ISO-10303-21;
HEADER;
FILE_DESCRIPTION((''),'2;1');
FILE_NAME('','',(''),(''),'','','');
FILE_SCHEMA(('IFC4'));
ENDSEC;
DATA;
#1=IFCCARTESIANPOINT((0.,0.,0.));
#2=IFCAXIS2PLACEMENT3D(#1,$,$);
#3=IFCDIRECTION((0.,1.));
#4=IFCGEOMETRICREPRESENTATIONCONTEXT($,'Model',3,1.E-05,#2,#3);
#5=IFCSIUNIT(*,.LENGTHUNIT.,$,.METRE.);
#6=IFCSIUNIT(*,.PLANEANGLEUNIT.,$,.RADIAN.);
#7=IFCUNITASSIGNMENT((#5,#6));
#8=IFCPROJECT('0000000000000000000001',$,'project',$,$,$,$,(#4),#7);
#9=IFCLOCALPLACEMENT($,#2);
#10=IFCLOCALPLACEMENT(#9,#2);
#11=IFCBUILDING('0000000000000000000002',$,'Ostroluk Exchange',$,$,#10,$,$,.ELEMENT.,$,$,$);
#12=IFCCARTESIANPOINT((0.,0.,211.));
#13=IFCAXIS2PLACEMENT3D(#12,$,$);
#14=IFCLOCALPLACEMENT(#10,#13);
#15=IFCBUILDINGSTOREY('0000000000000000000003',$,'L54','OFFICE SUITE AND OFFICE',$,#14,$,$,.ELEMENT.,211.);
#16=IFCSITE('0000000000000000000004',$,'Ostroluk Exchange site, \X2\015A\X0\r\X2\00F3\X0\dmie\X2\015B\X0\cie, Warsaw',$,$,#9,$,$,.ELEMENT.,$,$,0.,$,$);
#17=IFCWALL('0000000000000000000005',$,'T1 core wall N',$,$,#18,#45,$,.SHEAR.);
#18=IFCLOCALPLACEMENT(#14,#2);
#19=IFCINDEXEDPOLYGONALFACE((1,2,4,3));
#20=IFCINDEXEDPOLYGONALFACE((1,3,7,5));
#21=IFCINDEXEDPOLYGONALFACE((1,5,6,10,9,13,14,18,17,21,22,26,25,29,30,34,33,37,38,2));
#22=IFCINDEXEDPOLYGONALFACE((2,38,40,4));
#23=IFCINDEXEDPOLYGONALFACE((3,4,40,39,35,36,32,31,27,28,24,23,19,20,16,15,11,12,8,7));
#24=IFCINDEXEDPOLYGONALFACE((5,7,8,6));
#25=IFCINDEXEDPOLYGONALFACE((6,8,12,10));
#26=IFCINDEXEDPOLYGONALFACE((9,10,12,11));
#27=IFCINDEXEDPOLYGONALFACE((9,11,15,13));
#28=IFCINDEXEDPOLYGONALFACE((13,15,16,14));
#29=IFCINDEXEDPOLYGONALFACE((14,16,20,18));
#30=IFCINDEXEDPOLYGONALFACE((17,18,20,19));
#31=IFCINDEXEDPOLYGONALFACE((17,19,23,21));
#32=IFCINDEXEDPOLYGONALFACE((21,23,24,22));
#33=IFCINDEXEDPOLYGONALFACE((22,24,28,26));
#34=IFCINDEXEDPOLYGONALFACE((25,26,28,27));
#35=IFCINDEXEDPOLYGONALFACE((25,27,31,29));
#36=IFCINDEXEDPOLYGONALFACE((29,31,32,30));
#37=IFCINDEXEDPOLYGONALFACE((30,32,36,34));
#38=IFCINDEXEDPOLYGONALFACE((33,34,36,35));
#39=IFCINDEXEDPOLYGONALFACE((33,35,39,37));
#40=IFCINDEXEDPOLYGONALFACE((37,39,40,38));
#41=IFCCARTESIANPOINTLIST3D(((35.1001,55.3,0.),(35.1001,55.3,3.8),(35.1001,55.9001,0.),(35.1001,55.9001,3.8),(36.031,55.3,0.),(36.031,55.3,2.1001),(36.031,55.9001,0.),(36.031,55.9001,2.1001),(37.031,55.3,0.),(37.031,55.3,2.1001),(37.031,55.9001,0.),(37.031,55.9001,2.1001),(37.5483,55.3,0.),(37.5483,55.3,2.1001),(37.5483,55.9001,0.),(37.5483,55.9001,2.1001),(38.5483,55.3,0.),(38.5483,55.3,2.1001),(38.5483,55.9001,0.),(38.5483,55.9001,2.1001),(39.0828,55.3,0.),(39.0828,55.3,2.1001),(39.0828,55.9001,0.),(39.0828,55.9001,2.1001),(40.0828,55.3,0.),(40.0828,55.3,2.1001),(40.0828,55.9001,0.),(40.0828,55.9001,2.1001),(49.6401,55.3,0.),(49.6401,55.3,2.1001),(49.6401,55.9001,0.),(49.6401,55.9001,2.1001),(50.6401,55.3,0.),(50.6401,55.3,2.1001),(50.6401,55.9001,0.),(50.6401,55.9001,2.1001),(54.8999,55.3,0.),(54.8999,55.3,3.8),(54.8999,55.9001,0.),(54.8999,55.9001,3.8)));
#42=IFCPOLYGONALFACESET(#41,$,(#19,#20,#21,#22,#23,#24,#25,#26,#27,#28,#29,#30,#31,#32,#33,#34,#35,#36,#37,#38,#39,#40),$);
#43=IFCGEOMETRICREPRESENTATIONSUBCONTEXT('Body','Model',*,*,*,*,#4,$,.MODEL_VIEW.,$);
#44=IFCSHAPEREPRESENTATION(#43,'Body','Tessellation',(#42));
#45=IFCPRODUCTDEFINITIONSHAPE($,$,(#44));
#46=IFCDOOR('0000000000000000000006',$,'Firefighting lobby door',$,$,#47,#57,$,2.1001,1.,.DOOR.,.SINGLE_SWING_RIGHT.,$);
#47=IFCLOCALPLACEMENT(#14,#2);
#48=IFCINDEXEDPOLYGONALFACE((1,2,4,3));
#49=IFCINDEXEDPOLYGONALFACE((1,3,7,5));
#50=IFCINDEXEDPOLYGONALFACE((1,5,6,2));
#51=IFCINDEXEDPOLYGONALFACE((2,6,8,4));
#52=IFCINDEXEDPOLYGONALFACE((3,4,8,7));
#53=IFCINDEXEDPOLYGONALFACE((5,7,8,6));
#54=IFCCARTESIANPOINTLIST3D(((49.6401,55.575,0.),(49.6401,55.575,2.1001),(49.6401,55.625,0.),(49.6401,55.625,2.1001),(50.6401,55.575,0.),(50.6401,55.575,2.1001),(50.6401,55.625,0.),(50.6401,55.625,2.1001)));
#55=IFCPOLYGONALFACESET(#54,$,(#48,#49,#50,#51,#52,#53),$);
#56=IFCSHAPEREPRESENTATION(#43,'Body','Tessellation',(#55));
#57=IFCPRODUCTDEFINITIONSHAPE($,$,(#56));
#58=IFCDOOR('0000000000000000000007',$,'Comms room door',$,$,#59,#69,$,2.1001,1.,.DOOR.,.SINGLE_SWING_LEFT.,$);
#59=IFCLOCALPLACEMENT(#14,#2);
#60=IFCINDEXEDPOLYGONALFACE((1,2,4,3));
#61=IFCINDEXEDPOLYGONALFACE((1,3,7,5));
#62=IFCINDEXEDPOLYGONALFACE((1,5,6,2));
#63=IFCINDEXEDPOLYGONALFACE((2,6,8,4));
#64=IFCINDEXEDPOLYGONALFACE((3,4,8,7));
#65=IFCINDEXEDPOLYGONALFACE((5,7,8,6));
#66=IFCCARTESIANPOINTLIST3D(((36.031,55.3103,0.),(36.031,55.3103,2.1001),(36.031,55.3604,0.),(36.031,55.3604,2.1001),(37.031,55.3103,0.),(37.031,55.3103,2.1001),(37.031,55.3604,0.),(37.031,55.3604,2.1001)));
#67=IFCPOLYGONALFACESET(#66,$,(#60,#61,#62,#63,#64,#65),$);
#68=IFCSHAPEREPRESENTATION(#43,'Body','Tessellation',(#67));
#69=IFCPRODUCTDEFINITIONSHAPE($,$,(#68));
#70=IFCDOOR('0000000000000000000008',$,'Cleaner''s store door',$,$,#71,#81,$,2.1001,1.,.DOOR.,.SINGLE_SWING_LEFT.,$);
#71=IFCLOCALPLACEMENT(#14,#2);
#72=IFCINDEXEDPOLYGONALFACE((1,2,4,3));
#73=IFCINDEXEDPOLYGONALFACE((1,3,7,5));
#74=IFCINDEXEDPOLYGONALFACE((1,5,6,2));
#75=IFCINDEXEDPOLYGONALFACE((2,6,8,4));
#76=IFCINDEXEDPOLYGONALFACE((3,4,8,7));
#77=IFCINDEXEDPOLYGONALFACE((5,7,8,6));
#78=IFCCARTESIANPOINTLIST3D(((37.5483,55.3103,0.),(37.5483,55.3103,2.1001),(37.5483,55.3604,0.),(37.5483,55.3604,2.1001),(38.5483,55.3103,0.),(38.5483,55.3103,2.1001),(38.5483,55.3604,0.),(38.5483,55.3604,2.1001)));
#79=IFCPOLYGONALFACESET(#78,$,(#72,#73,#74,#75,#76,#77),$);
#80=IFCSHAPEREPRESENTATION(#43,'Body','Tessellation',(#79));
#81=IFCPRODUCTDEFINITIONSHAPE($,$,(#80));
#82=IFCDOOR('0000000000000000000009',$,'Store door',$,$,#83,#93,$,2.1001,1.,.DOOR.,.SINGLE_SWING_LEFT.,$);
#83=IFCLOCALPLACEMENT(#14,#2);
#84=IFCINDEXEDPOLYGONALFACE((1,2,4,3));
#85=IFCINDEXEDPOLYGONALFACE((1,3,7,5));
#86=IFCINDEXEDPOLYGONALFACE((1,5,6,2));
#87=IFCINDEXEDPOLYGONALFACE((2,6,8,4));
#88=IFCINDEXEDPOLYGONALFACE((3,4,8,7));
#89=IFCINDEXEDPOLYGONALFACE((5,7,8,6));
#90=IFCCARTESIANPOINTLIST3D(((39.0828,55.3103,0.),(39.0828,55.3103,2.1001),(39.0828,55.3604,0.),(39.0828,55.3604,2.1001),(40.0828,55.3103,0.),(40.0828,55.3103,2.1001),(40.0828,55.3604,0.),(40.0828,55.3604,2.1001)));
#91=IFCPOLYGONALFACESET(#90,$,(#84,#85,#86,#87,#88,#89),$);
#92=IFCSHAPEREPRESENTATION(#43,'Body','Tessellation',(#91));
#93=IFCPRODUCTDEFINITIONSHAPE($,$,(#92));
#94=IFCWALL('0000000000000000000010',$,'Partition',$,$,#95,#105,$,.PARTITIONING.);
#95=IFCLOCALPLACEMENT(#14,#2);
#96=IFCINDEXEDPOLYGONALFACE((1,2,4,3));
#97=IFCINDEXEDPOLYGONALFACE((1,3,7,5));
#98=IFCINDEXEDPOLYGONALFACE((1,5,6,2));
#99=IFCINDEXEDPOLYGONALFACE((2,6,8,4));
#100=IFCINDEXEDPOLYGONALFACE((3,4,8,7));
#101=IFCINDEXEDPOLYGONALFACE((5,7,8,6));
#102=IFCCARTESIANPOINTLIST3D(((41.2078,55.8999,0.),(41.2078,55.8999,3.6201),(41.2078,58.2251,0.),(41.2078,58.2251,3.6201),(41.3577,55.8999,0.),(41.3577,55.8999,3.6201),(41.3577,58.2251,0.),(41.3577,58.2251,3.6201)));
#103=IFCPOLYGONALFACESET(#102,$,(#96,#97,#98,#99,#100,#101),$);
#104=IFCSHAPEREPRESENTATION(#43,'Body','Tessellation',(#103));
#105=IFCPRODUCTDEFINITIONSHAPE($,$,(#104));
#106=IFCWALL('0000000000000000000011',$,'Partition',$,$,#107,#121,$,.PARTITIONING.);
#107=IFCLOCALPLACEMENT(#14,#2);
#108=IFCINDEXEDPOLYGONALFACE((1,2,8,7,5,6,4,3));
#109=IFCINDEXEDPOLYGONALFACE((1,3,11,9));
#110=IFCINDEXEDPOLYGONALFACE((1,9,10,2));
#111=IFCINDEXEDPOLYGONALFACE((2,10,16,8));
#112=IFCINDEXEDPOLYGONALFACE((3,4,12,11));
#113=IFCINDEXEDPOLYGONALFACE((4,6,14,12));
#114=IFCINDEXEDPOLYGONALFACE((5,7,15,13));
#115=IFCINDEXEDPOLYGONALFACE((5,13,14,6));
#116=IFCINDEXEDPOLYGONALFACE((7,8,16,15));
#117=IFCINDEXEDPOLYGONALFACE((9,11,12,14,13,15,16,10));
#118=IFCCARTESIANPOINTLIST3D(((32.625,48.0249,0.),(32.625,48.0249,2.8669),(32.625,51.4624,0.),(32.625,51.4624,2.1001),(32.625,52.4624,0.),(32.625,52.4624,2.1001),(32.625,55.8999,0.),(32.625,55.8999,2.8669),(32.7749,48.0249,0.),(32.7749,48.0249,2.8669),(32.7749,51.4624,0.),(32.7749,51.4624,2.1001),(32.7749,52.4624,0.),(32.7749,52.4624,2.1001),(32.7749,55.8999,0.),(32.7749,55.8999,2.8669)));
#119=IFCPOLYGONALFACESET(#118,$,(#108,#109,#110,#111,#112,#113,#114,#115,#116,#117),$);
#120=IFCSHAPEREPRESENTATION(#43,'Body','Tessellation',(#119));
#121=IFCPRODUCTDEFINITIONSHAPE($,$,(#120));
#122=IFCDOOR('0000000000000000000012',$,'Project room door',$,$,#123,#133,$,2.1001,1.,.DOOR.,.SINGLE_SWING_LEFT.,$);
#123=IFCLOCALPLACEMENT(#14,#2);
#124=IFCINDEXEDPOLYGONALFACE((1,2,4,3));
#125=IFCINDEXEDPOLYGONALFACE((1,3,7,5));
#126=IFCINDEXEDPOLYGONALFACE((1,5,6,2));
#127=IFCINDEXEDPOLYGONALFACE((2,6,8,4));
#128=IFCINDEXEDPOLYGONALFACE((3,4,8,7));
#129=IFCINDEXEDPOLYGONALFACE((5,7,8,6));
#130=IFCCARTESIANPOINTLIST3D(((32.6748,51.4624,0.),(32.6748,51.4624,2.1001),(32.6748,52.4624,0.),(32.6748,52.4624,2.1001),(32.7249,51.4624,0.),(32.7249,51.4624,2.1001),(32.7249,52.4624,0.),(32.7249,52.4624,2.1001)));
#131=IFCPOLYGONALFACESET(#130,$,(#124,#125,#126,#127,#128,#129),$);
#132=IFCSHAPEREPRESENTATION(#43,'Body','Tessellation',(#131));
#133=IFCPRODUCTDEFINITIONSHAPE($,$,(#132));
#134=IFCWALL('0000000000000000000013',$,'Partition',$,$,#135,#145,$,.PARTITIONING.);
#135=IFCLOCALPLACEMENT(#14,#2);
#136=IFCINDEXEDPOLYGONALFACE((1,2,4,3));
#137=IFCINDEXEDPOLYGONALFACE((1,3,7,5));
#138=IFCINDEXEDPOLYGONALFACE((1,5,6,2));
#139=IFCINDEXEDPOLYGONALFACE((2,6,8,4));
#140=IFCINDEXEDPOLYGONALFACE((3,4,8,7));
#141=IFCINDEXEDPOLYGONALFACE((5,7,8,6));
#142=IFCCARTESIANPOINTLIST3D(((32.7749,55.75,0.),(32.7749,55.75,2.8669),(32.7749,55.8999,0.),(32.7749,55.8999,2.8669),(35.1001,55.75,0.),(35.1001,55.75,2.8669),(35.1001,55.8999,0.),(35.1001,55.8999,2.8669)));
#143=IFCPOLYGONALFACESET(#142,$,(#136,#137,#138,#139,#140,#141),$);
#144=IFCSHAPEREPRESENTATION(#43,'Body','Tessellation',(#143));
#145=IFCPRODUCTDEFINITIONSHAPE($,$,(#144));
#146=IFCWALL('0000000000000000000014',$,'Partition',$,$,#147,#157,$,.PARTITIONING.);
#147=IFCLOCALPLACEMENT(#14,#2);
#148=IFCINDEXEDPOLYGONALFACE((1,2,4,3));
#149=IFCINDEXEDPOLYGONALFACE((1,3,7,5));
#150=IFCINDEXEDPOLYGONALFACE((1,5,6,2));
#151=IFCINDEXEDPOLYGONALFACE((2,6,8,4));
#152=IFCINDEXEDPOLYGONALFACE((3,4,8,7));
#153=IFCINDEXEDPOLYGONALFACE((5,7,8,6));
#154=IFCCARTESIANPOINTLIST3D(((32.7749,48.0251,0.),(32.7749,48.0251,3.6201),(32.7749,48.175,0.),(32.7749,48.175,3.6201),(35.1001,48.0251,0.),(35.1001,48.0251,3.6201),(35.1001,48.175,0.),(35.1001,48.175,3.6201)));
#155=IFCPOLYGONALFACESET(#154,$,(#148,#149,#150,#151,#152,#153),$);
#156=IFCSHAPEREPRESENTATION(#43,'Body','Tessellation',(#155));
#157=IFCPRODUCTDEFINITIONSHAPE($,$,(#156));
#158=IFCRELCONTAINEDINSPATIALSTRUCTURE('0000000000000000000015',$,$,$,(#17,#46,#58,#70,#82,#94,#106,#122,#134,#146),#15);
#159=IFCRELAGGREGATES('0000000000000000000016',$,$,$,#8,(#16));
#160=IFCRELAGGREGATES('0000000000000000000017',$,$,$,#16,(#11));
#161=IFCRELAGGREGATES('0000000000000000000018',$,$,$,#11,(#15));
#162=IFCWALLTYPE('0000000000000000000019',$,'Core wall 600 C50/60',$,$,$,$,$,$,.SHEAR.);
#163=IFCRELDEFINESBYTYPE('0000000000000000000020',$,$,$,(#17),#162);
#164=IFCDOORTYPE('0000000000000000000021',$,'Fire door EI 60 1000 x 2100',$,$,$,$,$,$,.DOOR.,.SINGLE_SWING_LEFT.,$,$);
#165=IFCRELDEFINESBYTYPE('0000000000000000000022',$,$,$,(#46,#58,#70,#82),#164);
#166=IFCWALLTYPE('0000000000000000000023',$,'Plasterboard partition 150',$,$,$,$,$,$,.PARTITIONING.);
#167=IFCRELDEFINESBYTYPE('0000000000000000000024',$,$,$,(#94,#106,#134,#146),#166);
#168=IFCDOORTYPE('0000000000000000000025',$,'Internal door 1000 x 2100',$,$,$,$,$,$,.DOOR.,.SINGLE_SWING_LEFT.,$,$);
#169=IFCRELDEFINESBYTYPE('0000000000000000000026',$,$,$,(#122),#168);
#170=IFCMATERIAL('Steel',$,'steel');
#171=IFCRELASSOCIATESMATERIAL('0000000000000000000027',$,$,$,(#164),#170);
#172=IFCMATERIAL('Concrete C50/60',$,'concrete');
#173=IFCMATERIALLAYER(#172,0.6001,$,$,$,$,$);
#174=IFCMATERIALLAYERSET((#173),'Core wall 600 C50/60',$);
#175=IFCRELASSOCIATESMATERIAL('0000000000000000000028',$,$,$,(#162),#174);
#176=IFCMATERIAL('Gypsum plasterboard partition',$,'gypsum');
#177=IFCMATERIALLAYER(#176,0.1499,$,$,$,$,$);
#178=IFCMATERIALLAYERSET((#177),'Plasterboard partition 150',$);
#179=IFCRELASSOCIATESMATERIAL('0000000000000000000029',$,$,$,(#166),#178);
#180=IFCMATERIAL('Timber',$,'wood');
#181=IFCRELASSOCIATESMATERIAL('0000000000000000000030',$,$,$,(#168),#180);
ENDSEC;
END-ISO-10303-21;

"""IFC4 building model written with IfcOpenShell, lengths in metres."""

from ifc_helpers import new_model, si_unit, direction, frame, frame_2d, origin, place, context, subcontext, project, spatial, rectangle, extrude, material, layer, layer_set, type_object, element, fill, save


model = new_model("IFC4")

# Units and contexts
model_context = context("Model", 3, precision=1e-05, world=origin(), true_north=direction((0.0, 1.0)))
body_context = subcontext(model_context, "Body", "Model", "MODEL_VIEW")
ifc_project = project(units=[si_unit("LENGTHUNIT", "METRE"), si_unit("PLANEANGLEUNIT", "RADIAN")], contexts=[model_context])

# Site, building, storey
site_placement = place(None, origin())
site = spatial("IfcSite", under=ifc_project, at=site_placement, Name="Ostroluk Exchange site, Śródmieście, Warsaw", CompositionType="ELEMENT", RefElevation=0.0)
building_placement = place(site_placement, origin())
building = spatial("IfcBuilding", under=site, at=building_placement, Name="Ostroluk Exchange", CompositionType="ELEMENT")
storey_placement = place(building_placement, frame((0.0, 0.0, 211.0)))
storey = spatial("IfcBuildingStorey", under=building, at=storey_placement, Name="L54", Description="OFFICE SUITE AND OFFICE", CompositionType="ELEMENT", Elevation=211.0)

# Wall, openings, doors
ifc_material_1 = material(Name="Steel", Category="steel")
door_type_1 = type_object("IfcDoorType", Name="Fire door EI 60 1000 x 2100", OperationType="SINGLE_SWING_LEFT", PredefinedType="DOOR", material=ifc_material_1)
ifc_material_2 = material(Name="Concrete C50/60", Category="concrete")
ifc_layer_1 = layer(ifc_material_2, 0.6001)
ifc_layer_set_1 = layer_set([ifc_layer_1], Name="Core wall 600 C50/60")
wall_type_1 = type_object("IfcWallType", Name="Core wall 600 C50/60", PredefinedType="SHEAR", material=ifc_layer_set_1)
wall_1_placement = place(storey_placement, frame((35.1001, 55.6001, 0.0), z_axis=(0.0, 0.0, 1.0), x_axis=(1.0, 0.0, 0.0)))
wall_1 = element("IfcWall", 1, at=wall_1_placement, inside=storey, type_object=wall_type_1, Name="T1 core wall N", PredefinedType="SHEAR", context=body_context, shape_type="SweptSolid", body=[
    extrude(rectangle(XDim=19.7998, YDim=0.6001, at=frame_2d((9.8999, 0.0))), origin(), (0.0, 0.0, 1.0), 3.8),
])
opening_1_placement = place(wall_1_placement, frame((14.54, 0.0, 0.0)))
opening_1 = element("IfcOpeningElement", 2, at=opening_1_placement, cuts=wall_1, PredefinedType="OPENING", context=body_context, shape_type="SweptSolid", body=[
    extrude(rectangle(XDim=1.0, YDim=2.1001, at=frame_2d((0.5, 1.05))), frame((0.0, 0.3101, 0.0), z_axis=(0.0, -1.0, 0.0), x_axis=(1.0, 0.0, 0.0)), (0.0, 0.0, 1.0), 0.6201),
])
opening_2_placement = place(wall_1_placement, frame((0.9309, 0.0, 0.0)))
opening_2 = element("IfcOpeningElement", 3, at=opening_2_placement, cuts=wall_1, PredefinedType="OPENING", context=body_context, shape_type="SweptSolid", body=[
    extrude(rectangle(XDim=1.0, YDim=2.1001, at=frame_2d((0.5, 1.05))), frame((0.0, 0.3101, 0.0), z_axis=(0.0, -1.0, 0.0), x_axis=(1.0, 0.0, 0.0)), (0.0, 0.0, 1.0), 0.6201),
])
opening_3_placement = place(wall_1_placement, frame((2.4482, 0.0, 0.0)))
opening_3 = element("IfcOpeningElement", 4, at=opening_3_placement, cuts=wall_1, PredefinedType="OPENING", context=body_context, shape_type="SweptSolid", body=[
    extrude(rectangle(XDim=1.0, YDim=2.1001, at=frame_2d((0.5, 1.05))), frame((0.0, 0.3101, 0.0), z_axis=(0.0, -1.0, 0.0), x_axis=(1.0, 0.0, 0.0)), (0.0, 0.0, 1.0), 0.6201),
])
opening_4_placement = place(wall_1_placement, frame((3.9827, 0.0, 0.0)))
opening_4 = element("IfcOpeningElement", 5, at=opening_4_placement, cuts=wall_1, PredefinedType="OPENING", context=body_context, shape_type="SweptSolid", body=[
    extrude(rectangle(XDim=1.0, YDim=2.1001, at=frame_2d((0.5, 1.05))), frame((0.0, 0.3101, 0.0), z_axis=(0.0, -1.0, 0.0), x_axis=(1.0, 0.0, 0.0)), (0.0, 0.0, 1.0), 0.6201),
])
door_1_placement = place(opening_1_placement, origin())
door_1 = element("IfcDoor", 6, at=door_1_placement, inside=storey, type_object=door_type_1, Name="Firefighting lobby door", OperationType="SINGLE_SWING_RIGHT", OverallHeight=2.1001, OverallWidth=1.0, PredefinedType="DOOR", context=body_context, shape_type="SweptSolid", body=[
    extrude(rectangle(XDim=1.0, YDim=2.1001, at=frame_2d((0.5, 1.05))), frame((0.0, 0.0249, 0.0), z_axis=(0.0, -1.0, 0.0), x_axis=(1.0, 0.0, 0.0)), (0.0, 0.0, 1.0), 0.05),
])
fill(opening_1, door_1)
door_2_placement = place(opening_2_placement, origin())
door_2 = element("IfcDoor", 7, at=door_2_placement, inside=storey, type_object=door_type_1, Name="Comms room door", OperationType="SINGLE_SWING_LEFT", OverallHeight=2.1001, OverallWidth=1.0, PredefinedType="DOOR", context=body_context, shape_type="SweptSolid", body=[
    extrude(rectangle(XDim=1.0, YDim=2.1001, at=frame_2d((0.5, 1.05))), frame((0.0, -0.2397, 0.0), z_axis=(0.0, -1.0, 0.0), x_axis=(1.0, 0.0, 0.0)), (0.0, 0.0, 1.0), 0.05),
])
fill(opening_2, door_2)
door_3_placement = place(opening_3_placement, origin())
door_3 = element("IfcDoor", 8, at=door_3_placement, inside=storey, type_object=door_type_1, Name="Cleaner's store door", OperationType="SINGLE_SWING_LEFT", OverallHeight=2.1001, OverallWidth=1.0, PredefinedType="DOOR", context=body_context, shape_type="SweptSolid", body=[
    extrude(rectangle(XDim=1.0, YDim=2.1001, at=frame_2d((0.5, 1.05))), frame((0.0, -0.2397, 0.0), z_axis=(0.0, -1.0, 0.0), x_axis=(1.0, 0.0, 0.0)), (0.0, 0.0, 1.0), 0.05),
])
fill(opening_3, door_3)
door_4_placement = place(opening_4_placement, origin())
door_4 = element("IfcDoor", 9, at=door_4_placement, inside=storey, type_object=door_type_1, Name="Store door", OperationType="SINGLE_SWING_LEFT", OverallHeight=2.1001, OverallWidth=1.0, PredefinedType="DOOR", context=body_context, shape_type="SweptSolid", body=[
    extrude(rectangle(XDim=1.0, YDim=2.1001, at=frame_2d((0.5, 1.05))), frame((0.0, -0.2397, 0.0), z_axis=(0.0, -1.0, 0.0), x_axis=(1.0, 0.0, 0.0)), (0.0, 0.0, 1.0), 0.05),
])
fill(opening_4, door_4)

# Wall
ifc_material_3 = material(Name="Gypsum plasterboard partition", Category="gypsum")
ifc_layer_2 = layer(ifc_material_3, 0.1499)
ifc_layer_set_2 = layer_set([ifc_layer_2], Name="Plasterboard partition 150")
wall_type_2 = type_object("IfcWallType", Name="Plasterboard partition 150", PredefinedType="PARTITIONING", material=ifc_layer_set_2)
wall_2_placement = place(storey_placement, frame((41.2827, 55.8999, 0.0), z_axis=(0.0, 0.0, 1.0), x_axis=(0.0, 1.0, 0.0)))
element("IfcWall", 10, at=wall_2_placement, inside=storey, type_object=wall_type_2, Name="Partition", PredefinedType="PARTITIONING", context=body_context, shape_type="SweptSolid", body=[
    extrude(rectangle(XDim=2.3252, YDim=0.1499, at=frame_2d((1.1626, 0.0))), origin(), (0.0, 0.0, 1.0), 3.6201),
])

# Wall, opening, door
wall_3_placement = place(storey_placement, frame((32.7, 55.8999, 0.0), z_axis=(0.0, 0.0, 1.0), x_axis=(0.0, -1.0, 0.0)))
wall_3 = element("IfcWall", 11, at=wall_3_placement, inside=storey, type_object=wall_type_2, Name="Partition", PredefinedType="PARTITIONING", context=body_context, shape_type="SweptSolid", body=[
    extrude(rectangle(XDim=7.875, YDim=0.1499, at=frame_2d((3.9375, 0.0))), origin(), (0.0, 0.0, 1.0), 2.8669),
])
opening_5_placement = place(wall_3_placement, frame((3.4375, 0.0, 0.0)))
opening_5 = element("IfcOpeningElement", 12, at=opening_5_placement, cuts=wall_3, PredefinedType="OPENING", context=body_context, shape_type="SweptSolid", body=[
    extrude(rectangle(XDim=1.0, YDim=2.1001, at=frame_2d((0.5, 1.05))), frame((0.0, 0.085, 0.0), z_axis=(0.0, -1.0, 0.0), x_axis=(1.0, 0.0, 0.0)), (0.0, 0.0, 1.0), 0.1699),
])
ifc_material_4 = material(Name="Timber", Category="wood")
door_type_2 = type_object("IfcDoorType", Name="Internal door 1000 x 2100", OperationType="SINGLE_SWING_LEFT", PredefinedType="DOOR", material=ifc_material_4)
door_5_placement = place(opening_5_placement, origin())
door_5 = element("IfcDoor", 13, at=door_5_placement, inside=storey, type_object=door_type_2, Name="Project room door", OperationType="SINGLE_SWING_LEFT", OverallHeight=2.1001, OverallWidth=1.0, PredefinedType="DOOR", context=body_context, shape_type="SweptSolid", body=[
    extrude(rectangle(XDim=1.0, YDim=2.1001, at=frame_2d((0.5, 1.05))), frame((0.0, 0.0249, 0.0), z_axis=(0.0, -1.0, 0.0), x_axis=(1.0, 0.0, 0.0)), (0.0, 0.0, 1.0), 0.05),
])
fill(opening_5, door_5)

# Walls
wall_4_placement = place(storey_placement, frame((35.1001, 55.825, 0.0), z_axis=(0.0, 0.0, 1.0), x_axis=(-1.0, 0.0, 0.0)))
element("IfcWall", 14, at=wall_4_placement, inside=storey, type_object=wall_type_2, Name="Partition", PredefinedType="PARTITIONING", context=body_context, shape_type="SweptSolid", body=[
    extrude(rectangle(XDim=2.3252, YDim=0.1499, at=frame_2d((1.1626, 0.0))), origin(), (0.0, 0.0, 1.0), 2.8669),
])
wall_5_placement = place(storey_placement, frame((35.1001, 48.1001, 0.0), z_axis=(0.0, 0.0, 1.0), x_axis=(-1.0, 0.0, 0.0)))
element("IfcWall", 15, at=wall_5_placement, inside=storey, type_object=wall_type_2, Name="Partition", PredefinedType="PARTITIONING", context=body_context, shape_type="SweptSolid", body=[
    extrude(rectangle(XDim=2.3252, YDim=0.1499, at=frame_2d((1.1626, 0.0))), origin(), (0.0, 0.0, 1.0), 3.6201),
])

save(model, "model.ifc")
